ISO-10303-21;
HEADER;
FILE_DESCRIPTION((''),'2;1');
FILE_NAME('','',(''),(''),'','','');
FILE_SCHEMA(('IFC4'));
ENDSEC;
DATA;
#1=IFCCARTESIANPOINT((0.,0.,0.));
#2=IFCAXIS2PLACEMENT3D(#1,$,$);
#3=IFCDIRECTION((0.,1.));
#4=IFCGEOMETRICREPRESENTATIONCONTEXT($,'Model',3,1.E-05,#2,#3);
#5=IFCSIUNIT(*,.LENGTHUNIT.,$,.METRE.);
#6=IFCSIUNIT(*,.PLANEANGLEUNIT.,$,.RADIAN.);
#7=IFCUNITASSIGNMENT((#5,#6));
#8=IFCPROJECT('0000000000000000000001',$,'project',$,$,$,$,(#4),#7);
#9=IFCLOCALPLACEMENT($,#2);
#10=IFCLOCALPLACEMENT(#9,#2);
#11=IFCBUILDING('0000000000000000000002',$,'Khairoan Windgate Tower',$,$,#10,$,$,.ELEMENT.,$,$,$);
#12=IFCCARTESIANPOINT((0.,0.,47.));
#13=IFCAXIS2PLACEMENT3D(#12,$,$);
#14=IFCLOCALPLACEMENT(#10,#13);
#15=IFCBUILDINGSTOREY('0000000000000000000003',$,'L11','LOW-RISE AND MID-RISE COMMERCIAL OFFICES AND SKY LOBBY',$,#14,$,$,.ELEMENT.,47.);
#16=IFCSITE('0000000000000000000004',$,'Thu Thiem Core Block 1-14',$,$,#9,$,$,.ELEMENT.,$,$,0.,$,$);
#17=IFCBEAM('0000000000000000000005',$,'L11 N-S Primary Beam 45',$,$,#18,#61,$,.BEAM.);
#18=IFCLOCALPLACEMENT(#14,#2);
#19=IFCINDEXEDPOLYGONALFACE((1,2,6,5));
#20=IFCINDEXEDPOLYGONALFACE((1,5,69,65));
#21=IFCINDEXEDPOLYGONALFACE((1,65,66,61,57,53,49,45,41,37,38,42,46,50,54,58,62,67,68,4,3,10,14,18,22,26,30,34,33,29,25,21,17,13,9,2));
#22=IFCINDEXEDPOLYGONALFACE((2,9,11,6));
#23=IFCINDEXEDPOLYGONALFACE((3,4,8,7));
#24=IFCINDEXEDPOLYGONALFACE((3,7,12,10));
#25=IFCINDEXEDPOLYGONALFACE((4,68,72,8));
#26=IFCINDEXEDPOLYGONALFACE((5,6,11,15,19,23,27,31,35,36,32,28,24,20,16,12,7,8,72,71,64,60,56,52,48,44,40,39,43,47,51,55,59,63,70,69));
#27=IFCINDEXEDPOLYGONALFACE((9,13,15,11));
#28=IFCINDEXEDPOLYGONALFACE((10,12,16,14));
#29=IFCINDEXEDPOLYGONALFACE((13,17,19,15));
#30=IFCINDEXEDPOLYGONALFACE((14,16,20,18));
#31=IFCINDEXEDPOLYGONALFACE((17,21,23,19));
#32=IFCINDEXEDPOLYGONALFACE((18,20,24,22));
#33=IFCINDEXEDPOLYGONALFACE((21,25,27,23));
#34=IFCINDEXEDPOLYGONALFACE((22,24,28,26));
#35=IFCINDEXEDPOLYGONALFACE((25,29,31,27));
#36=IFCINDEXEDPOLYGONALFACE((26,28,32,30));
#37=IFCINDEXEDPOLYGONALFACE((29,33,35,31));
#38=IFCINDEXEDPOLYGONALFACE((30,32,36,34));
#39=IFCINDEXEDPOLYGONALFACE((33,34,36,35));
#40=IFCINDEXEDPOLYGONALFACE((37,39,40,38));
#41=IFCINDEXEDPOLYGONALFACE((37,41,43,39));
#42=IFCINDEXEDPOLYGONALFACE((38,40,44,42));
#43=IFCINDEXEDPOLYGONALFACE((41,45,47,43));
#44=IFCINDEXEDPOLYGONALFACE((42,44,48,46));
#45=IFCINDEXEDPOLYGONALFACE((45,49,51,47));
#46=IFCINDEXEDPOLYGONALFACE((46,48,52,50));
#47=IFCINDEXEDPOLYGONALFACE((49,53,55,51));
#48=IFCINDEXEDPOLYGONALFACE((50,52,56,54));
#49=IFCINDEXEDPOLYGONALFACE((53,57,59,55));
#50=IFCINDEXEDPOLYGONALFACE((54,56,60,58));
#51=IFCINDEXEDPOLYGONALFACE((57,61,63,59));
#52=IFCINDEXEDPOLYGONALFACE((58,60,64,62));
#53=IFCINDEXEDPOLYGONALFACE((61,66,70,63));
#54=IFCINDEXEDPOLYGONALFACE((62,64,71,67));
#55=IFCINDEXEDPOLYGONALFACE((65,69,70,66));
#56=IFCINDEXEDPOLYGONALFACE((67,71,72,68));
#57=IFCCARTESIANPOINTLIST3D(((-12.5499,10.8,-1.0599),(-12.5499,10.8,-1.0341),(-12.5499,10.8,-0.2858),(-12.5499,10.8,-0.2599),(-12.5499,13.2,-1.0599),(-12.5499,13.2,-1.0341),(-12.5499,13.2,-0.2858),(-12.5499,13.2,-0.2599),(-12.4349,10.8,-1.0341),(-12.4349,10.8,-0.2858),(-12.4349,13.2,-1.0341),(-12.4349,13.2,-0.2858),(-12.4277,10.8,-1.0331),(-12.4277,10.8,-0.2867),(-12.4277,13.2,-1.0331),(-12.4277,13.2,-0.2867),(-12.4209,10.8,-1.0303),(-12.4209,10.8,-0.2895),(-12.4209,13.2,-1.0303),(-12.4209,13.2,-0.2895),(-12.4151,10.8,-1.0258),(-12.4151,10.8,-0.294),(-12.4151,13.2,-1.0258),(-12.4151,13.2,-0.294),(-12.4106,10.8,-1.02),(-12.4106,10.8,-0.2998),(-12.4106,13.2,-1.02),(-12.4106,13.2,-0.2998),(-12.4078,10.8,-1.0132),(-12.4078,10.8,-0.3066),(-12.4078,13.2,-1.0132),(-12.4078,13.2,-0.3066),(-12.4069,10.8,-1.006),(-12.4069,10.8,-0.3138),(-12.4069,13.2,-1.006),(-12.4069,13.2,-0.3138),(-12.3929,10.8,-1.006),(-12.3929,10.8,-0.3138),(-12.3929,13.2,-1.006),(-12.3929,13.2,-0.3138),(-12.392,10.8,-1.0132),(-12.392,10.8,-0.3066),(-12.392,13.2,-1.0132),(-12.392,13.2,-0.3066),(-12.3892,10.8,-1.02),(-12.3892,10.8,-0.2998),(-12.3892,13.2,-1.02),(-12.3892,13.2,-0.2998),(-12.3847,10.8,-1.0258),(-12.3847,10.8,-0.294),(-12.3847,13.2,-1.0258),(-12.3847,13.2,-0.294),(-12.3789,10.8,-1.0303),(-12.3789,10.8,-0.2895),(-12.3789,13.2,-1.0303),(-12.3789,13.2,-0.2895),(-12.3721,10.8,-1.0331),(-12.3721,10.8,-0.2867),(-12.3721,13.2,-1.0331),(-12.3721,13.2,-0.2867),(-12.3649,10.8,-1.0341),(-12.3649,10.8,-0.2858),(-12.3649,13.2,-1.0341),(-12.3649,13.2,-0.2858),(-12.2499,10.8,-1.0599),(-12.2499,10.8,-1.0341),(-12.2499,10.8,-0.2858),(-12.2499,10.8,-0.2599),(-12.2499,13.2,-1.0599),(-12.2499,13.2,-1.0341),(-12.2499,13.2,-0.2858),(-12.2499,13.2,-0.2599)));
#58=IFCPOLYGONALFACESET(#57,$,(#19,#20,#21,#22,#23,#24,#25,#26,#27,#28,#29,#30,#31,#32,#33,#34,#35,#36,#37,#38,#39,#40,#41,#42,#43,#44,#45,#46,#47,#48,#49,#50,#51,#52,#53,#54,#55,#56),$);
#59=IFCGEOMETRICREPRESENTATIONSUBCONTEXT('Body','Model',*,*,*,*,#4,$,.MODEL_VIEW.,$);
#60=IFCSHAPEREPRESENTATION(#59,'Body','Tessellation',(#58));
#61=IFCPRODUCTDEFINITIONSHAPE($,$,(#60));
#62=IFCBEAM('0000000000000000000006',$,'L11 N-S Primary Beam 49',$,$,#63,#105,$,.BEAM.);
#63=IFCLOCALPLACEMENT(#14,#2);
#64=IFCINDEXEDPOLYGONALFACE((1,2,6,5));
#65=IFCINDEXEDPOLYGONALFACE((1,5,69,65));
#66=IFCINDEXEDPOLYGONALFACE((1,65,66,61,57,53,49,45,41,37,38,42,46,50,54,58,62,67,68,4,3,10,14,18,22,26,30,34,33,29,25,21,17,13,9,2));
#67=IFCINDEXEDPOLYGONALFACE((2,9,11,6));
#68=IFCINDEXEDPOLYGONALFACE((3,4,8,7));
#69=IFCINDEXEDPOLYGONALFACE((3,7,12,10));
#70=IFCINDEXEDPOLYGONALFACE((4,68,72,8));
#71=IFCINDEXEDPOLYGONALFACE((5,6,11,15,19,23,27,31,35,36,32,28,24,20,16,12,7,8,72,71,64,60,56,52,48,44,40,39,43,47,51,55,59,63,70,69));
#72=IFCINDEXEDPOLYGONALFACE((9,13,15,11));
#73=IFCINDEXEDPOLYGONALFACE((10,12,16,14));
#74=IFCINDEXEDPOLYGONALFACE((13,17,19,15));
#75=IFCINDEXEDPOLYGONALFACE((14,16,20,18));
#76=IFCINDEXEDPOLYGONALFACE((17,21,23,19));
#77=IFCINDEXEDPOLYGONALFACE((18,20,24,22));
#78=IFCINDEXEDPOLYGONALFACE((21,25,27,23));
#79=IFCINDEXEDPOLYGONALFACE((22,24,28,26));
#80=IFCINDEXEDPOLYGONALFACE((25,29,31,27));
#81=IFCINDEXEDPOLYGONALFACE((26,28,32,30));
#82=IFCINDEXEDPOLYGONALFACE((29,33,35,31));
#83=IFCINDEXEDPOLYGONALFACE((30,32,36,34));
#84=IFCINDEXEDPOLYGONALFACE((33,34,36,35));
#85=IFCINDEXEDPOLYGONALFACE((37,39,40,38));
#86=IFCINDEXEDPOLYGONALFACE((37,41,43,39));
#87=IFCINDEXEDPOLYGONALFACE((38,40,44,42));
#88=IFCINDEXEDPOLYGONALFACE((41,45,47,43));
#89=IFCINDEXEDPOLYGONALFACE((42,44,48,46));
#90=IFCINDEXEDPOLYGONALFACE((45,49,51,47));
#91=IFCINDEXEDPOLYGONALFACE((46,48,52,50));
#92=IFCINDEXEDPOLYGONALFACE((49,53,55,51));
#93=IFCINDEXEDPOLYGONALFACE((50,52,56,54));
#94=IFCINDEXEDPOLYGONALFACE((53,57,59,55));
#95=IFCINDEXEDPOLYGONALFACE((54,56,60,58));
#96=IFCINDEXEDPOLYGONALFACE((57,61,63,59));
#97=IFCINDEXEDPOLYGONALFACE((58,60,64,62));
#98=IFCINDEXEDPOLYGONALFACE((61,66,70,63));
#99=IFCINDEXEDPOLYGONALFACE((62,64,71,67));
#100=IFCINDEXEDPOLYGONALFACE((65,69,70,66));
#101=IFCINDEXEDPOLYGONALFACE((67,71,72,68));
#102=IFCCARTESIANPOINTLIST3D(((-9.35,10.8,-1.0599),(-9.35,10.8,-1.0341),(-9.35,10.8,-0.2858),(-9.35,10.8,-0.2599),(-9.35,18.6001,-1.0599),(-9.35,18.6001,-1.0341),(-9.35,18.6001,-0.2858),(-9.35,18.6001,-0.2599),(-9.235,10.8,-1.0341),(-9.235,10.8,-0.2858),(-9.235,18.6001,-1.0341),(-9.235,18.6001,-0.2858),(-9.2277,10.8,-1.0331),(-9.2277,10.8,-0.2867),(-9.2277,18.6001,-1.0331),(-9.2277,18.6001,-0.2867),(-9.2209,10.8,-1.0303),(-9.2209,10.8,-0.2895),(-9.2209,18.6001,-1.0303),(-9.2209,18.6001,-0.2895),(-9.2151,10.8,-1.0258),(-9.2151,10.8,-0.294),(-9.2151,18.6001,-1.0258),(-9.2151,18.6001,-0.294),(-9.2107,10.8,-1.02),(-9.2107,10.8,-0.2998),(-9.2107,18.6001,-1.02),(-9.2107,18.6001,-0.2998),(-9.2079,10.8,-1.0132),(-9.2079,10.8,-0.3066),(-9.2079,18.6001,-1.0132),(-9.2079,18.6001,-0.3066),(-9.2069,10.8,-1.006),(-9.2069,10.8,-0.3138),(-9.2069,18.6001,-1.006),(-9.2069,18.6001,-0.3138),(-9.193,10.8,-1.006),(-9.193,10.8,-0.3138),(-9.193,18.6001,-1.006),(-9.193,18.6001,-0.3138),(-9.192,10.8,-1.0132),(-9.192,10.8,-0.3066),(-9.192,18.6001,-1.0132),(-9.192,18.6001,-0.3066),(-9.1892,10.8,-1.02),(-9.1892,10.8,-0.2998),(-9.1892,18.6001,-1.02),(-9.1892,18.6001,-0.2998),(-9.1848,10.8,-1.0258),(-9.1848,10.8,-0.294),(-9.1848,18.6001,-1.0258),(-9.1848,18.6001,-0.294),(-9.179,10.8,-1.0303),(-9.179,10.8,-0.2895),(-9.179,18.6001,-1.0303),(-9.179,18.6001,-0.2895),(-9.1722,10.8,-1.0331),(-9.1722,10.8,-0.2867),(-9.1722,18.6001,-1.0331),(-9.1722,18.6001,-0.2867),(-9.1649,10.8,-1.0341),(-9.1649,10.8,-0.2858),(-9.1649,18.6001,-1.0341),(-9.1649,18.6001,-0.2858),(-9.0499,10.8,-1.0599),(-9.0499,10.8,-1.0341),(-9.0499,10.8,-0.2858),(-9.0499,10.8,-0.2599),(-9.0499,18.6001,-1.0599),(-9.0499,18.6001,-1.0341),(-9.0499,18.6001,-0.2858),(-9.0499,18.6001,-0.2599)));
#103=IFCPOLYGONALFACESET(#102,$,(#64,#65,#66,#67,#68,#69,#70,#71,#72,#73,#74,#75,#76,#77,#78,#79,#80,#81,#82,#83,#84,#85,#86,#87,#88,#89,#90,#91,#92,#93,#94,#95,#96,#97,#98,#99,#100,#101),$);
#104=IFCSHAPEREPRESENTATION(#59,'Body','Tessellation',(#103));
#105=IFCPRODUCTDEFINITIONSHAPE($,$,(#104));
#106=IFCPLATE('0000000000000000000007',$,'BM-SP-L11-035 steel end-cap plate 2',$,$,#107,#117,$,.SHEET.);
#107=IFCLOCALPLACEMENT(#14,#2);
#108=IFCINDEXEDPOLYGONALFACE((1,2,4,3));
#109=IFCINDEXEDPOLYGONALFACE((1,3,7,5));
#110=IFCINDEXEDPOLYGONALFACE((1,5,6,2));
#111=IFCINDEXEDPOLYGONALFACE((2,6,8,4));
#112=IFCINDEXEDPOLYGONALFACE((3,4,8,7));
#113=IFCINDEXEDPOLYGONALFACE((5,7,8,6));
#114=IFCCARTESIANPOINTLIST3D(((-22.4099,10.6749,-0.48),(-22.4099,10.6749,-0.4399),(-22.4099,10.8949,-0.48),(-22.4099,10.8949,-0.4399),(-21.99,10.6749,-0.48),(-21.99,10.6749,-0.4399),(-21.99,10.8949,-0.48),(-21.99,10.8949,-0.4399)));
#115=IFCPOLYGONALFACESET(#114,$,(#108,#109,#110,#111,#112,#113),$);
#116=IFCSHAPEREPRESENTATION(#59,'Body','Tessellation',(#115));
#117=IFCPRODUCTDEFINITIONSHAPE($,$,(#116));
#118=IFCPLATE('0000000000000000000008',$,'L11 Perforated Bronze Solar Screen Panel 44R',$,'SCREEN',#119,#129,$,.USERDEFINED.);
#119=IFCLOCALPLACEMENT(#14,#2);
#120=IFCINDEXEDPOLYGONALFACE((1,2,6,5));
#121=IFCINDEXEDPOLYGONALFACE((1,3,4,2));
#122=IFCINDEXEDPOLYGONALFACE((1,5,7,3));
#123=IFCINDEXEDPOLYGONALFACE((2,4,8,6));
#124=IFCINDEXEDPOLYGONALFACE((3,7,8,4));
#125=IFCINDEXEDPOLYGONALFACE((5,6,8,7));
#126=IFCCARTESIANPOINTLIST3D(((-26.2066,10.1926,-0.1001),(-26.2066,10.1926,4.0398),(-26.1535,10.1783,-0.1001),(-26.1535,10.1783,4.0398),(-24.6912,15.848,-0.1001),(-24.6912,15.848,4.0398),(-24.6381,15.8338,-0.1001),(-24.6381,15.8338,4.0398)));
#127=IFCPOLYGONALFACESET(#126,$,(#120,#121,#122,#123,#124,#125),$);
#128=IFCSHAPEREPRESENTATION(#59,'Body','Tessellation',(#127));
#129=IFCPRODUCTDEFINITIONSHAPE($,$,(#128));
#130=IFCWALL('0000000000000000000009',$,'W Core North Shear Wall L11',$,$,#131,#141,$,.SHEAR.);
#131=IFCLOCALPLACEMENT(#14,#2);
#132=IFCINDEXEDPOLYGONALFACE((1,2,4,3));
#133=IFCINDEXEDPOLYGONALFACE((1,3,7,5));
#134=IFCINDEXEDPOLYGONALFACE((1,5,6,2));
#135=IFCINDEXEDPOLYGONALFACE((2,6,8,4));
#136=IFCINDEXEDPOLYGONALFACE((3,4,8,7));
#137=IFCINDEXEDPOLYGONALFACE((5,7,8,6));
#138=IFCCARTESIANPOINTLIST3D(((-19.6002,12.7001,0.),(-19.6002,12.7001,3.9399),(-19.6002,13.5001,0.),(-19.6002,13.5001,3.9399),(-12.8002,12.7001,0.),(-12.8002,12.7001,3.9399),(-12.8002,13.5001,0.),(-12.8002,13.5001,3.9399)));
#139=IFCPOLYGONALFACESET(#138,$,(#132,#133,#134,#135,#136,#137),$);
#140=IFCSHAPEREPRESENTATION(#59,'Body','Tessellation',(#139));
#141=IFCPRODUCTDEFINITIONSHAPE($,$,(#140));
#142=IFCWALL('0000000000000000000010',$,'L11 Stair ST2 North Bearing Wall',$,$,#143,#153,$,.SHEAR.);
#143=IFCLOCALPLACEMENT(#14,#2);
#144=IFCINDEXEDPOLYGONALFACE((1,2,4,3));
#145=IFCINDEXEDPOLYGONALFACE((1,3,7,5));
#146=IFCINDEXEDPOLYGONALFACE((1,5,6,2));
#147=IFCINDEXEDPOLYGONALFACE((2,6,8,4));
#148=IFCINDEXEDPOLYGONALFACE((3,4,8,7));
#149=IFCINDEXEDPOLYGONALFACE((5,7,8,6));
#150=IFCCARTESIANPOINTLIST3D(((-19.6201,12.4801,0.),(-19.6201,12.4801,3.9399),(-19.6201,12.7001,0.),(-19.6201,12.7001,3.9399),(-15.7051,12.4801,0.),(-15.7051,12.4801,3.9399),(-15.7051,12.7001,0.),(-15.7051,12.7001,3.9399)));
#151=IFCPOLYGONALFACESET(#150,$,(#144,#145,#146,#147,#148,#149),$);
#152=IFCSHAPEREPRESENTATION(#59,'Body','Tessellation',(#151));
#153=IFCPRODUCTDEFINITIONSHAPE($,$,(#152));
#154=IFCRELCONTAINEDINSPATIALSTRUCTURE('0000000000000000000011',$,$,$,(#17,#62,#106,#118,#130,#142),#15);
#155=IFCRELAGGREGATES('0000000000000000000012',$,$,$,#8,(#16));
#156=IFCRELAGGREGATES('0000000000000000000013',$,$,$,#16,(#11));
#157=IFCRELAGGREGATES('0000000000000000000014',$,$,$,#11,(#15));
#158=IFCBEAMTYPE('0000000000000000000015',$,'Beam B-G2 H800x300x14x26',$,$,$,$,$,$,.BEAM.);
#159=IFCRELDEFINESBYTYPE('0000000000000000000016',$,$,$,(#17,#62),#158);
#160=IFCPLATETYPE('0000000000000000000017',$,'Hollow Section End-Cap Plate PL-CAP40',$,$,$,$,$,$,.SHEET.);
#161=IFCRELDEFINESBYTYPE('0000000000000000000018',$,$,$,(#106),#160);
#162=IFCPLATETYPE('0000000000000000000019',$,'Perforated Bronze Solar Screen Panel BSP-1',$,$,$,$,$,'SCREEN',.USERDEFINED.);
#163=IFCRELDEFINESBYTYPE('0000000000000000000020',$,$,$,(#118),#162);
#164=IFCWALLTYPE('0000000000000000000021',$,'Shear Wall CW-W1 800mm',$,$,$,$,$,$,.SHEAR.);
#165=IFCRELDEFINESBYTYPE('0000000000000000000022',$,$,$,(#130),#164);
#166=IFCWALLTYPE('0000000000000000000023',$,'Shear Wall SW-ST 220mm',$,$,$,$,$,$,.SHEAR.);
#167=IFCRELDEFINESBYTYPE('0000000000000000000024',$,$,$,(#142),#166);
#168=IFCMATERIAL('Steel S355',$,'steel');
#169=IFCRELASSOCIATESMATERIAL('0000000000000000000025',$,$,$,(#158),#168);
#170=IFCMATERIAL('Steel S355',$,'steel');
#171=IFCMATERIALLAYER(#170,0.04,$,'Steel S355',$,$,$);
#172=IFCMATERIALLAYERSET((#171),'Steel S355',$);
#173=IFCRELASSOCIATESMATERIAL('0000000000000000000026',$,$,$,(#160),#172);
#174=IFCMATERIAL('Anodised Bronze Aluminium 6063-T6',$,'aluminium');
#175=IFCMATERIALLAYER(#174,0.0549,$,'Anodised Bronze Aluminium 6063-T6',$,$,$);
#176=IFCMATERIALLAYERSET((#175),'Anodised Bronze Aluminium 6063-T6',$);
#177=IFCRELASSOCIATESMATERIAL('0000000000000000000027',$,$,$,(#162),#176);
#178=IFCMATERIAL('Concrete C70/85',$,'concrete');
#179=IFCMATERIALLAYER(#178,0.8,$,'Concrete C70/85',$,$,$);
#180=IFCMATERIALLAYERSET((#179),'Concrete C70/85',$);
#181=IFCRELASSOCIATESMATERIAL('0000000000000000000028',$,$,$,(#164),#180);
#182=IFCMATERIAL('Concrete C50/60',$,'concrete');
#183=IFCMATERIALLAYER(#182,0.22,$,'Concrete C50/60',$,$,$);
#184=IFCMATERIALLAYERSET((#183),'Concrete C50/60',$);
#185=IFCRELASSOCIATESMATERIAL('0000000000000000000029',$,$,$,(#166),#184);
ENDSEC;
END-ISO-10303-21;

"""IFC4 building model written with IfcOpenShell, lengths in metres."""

from ifc_helpers import new_model, si_unit, direction, frame, frame_2d, origin, origin_2d, place, context, subcontext, project, spatial, rectangle, i_section, extrude, material, layer, layer_set, material_profile, profile_set, type_object, element, save


model = new_model("IFC4")

# Units and contexts
model_context = context("Model", 3, precision=1e-05, world=origin(), true_north=direction((0.0, 1.0)))
body_context = subcontext(model_context, "Body", "Model", "MODEL_VIEW")
ifc_project = project(units=[si_unit("LENGTHUNIT", "METRE"), si_unit("PLANEANGLEUNIT", "RADIAN")], contexts=[model_context])

# Site, building, storey
site_placement = place(None, origin())
site = spatial("IfcSite", under=ifc_project, at=site_placement, Name="Thu Thiem Core Block 1-14", CompositionType="ELEMENT", RefElevation=0.0)
building_placement = place(site_placement, origin())
building = spatial("IfcBuilding", under=site, at=building_placement, Name="Khairoan Windgate Tower", CompositionType="ELEMENT")
storey_placement = place(building_placement, frame((0.0, 0.0, 47.0)))
storey = spatial("IfcBuildingStorey", under=building, at=storey_placement, Name="L11", Description="LOW-RISE AND MID-RISE COMMERCIAL OFFICES AND SKY LOBBY", CompositionType="ELEMENT", Elevation=47.0)

# Beams
ifc_material_1 = material(Name="Steel S355", Category="steel")
ifc_material_profile_1 = material_profile(ifc_material_1, i_section(OverallWidth=0.3, OverallDepth=0.8, WebThickness=0.0139, FlangeThickness=0.0259, FilletRadius=0.0281, at=origin_2d()))
ifc_profile_set_1 = profile_set([ifc_material_profile_1], Name="Steel S355")
beam_type = type_object("IfcBeamType", Name="Beam B-G2 H800x300x14x26", PredefinedType="BEAM", material=ifc_profile_set_1)
beam_1_placement = place(storey_placement, frame((-12.3999, 10.8, -0.6599), z_axis=(0.0, 1.0, 0.0), x_axis=(-1.0, 0.0, 0.0)))
element("IfcBeam", 1, at=beam_1_placement, inside=storey, type_object=beam_type, Name="L11 N-S Primary Beam 45", PredefinedType="BEAM", context=body_context, shape_type="SweptSolid", body=[
    extrude(i_section(OverallWidth=0.3, OverallDepth=0.8, WebThickness=0.0139, FlangeThickness=0.0259, FilletRadius=0.0281, at=origin_2d()), origin(), (0.0, 0.0, 1.0), 2.3999),
])
beam_2_placement = place(storey_placement, frame((-9.2, 10.8, -0.6599), z_axis=(0.0, 1.0, 0.0), x_axis=(-1.0, 0.0, 0.0)))
element("IfcBeam", 2, at=beam_2_placement, inside=storey, type_object=beam_type, Name="L11 N-S Primary Beam 49", PredefinedType="BEAM", context=body_context, shape_type="SweptSolid", body=[
    extrude(i_section(OverallWidth=0.3, OverallDepth=0.8, WebThickness=0.0139, FlangeThickness=0.0259, FilletRadius=0.0281, at=origin_2d()), origin(), (0.0, 0.0, 1.0), 7.8),
])

# Plates
ifc_material_2 = material(Name="Steel S355", Category="steel")
ifc_layer_1 = layer(ifc_material_2, 0.04, Name="Steel S355")
ifc_layer_set_1 = layer_set([ifc_layer_1], Name="Steel S355")
plate_type_1 = type_object("IfcPlateType", Name="Hollow Section End-Cap Plate PL-CAP40", PredefinedType="SHEET", material=ifc_layer_set_1)
plate_1_placement = place(storey_placement, frame((-22.2, 10.7849, -0.48), z_axis=(0.0, 0.0, 1.0), x_axis=(0.0, 1.0, 0.0)))
element("IfcPlate", 3, at=plate_1_placement, inside=storey, type_object=plate_type_1, Name="BM-SP-L11-035 steel end-cap plate 2", PredefinedType="SHEET", context=body_context, shape_type="SweptSolid", body=[
    extrude(rectangle(XDim=0.22, YDim=0.4199, at=origin_2d()), origin(), (0.0, 0.0, 1.0), 0.04),
])
ifc_material_3 = material(Name="Anodised Bronze Aluminium 6063-T6", Category="aluminium")
ifc_layer_2 = layer(ifc_material_3, 0.0549, Name="Anodised Bronze Aluminium 6063-T6")
ifc_layer_set_2 = layer_set([ifc_layer_2], Name="Anodised Bronze Aluminium 6063-T6")
plate_type_2 = type_object("IfcPlateType", Name="Perforated Bronze Solar Screen Panel BSP-1", ElementType="SCREEN", PredefinedType="USERDEFINED", material=ifc_layer_set_2)
plate_2_placement = place(storey_placement, frame((-25.4224, 13.0132, -0.1001), z_axis=(0.0, 0.0, 1.0), x_axis=(0.258819, 0.965926, 0.0)))
element("IfcPlate", 4, at=plate_2_placement, inside=storey, type_object=plate_type_2, Name="L11 Perforated Bronze Solar Screen Panel 44R", ObjectType="SCREEN", PredefinedType="USERDEFINED", context=body_context, shape_type="SweptSolid", body=[
    extrude(rectangle(XDim=5.855, YDim=0.0549, at=origin_2d()), origin(), (0.0, 0.0, 1.0), 4.1399),
])

# Walls
ifc_material_4 = material(Name="Concrete C70/85", Category="concrete")
ifc_layer_3 = layer(ifc_material_4, 0.8, Name="Concrete C70/85")
ifc_layer_set_3 = layer_set([ifc_layer_3], Name="Concrete C70/85")
wall_type_1 = type_object("IfcWallType", Name="Shear Wall CW-W1 800mm", PredefinedType="SHEAR", material=ifc_layer_set_3)
wall_1_placement = place(storey_placement, frame((-19.6001, 13.1001, 0.0), z_axis=(0.0, 0.0, 1.0), x_axis=(1.0, 0.0, 0.0)))
element("IfcWall", 5, at=wall_1_placement, inside=storey, type_object=wall_type_1, Name="W Core North Shear Wall L11", PredefinedType="SHEAR", context=body_context, shape_type="SweptSolid", body=[
    extrude(rectangle(XDim=6.8, YDim=0.8, at=frame_2d((3.3999, 0.0))), origin(), (0.0, 0.0, 1.0), 3.9399),
])
ifc_material_5 = material(Name="Concrete C50/60", Category="concrete")
ifc_layer_4 = layer(ifc_material_5, 0.22, Name="Concrete C50/60")
ifc_layer_set_4 = layer_set([ifc_layer_4], Name="Concrete C50/60")
wall_type_2 = type_object("IfcWallType", Name="Shear Wall SW-ST 220mm", PredefinedType="SHEAR", material=ifc_layer_set_4)
wall_2_placement = place(storey_placement, frame((-19.6201, 12.5901, 0.0), z_axis=(0.0, 0.0, 1.0), x_axis=(1.0, 0.0, 0.0)))
element("IfcWall", 6, at=wall_2_placement, inside=storey, type_object=wall_type_2, Name="L11 Stair ST2 North Bearing Wall", PredefinedType="SHEAR", context=body_context, shape_type="SweptSolid", body=[
    extrude(rectangle(XDim=3.915, YDim=0.22, at=frame_2d((1.9575, 0.0))), origin(), (0.0, 0.0, 1.0), 3.9399),
])

save(model, "model.ifc")
